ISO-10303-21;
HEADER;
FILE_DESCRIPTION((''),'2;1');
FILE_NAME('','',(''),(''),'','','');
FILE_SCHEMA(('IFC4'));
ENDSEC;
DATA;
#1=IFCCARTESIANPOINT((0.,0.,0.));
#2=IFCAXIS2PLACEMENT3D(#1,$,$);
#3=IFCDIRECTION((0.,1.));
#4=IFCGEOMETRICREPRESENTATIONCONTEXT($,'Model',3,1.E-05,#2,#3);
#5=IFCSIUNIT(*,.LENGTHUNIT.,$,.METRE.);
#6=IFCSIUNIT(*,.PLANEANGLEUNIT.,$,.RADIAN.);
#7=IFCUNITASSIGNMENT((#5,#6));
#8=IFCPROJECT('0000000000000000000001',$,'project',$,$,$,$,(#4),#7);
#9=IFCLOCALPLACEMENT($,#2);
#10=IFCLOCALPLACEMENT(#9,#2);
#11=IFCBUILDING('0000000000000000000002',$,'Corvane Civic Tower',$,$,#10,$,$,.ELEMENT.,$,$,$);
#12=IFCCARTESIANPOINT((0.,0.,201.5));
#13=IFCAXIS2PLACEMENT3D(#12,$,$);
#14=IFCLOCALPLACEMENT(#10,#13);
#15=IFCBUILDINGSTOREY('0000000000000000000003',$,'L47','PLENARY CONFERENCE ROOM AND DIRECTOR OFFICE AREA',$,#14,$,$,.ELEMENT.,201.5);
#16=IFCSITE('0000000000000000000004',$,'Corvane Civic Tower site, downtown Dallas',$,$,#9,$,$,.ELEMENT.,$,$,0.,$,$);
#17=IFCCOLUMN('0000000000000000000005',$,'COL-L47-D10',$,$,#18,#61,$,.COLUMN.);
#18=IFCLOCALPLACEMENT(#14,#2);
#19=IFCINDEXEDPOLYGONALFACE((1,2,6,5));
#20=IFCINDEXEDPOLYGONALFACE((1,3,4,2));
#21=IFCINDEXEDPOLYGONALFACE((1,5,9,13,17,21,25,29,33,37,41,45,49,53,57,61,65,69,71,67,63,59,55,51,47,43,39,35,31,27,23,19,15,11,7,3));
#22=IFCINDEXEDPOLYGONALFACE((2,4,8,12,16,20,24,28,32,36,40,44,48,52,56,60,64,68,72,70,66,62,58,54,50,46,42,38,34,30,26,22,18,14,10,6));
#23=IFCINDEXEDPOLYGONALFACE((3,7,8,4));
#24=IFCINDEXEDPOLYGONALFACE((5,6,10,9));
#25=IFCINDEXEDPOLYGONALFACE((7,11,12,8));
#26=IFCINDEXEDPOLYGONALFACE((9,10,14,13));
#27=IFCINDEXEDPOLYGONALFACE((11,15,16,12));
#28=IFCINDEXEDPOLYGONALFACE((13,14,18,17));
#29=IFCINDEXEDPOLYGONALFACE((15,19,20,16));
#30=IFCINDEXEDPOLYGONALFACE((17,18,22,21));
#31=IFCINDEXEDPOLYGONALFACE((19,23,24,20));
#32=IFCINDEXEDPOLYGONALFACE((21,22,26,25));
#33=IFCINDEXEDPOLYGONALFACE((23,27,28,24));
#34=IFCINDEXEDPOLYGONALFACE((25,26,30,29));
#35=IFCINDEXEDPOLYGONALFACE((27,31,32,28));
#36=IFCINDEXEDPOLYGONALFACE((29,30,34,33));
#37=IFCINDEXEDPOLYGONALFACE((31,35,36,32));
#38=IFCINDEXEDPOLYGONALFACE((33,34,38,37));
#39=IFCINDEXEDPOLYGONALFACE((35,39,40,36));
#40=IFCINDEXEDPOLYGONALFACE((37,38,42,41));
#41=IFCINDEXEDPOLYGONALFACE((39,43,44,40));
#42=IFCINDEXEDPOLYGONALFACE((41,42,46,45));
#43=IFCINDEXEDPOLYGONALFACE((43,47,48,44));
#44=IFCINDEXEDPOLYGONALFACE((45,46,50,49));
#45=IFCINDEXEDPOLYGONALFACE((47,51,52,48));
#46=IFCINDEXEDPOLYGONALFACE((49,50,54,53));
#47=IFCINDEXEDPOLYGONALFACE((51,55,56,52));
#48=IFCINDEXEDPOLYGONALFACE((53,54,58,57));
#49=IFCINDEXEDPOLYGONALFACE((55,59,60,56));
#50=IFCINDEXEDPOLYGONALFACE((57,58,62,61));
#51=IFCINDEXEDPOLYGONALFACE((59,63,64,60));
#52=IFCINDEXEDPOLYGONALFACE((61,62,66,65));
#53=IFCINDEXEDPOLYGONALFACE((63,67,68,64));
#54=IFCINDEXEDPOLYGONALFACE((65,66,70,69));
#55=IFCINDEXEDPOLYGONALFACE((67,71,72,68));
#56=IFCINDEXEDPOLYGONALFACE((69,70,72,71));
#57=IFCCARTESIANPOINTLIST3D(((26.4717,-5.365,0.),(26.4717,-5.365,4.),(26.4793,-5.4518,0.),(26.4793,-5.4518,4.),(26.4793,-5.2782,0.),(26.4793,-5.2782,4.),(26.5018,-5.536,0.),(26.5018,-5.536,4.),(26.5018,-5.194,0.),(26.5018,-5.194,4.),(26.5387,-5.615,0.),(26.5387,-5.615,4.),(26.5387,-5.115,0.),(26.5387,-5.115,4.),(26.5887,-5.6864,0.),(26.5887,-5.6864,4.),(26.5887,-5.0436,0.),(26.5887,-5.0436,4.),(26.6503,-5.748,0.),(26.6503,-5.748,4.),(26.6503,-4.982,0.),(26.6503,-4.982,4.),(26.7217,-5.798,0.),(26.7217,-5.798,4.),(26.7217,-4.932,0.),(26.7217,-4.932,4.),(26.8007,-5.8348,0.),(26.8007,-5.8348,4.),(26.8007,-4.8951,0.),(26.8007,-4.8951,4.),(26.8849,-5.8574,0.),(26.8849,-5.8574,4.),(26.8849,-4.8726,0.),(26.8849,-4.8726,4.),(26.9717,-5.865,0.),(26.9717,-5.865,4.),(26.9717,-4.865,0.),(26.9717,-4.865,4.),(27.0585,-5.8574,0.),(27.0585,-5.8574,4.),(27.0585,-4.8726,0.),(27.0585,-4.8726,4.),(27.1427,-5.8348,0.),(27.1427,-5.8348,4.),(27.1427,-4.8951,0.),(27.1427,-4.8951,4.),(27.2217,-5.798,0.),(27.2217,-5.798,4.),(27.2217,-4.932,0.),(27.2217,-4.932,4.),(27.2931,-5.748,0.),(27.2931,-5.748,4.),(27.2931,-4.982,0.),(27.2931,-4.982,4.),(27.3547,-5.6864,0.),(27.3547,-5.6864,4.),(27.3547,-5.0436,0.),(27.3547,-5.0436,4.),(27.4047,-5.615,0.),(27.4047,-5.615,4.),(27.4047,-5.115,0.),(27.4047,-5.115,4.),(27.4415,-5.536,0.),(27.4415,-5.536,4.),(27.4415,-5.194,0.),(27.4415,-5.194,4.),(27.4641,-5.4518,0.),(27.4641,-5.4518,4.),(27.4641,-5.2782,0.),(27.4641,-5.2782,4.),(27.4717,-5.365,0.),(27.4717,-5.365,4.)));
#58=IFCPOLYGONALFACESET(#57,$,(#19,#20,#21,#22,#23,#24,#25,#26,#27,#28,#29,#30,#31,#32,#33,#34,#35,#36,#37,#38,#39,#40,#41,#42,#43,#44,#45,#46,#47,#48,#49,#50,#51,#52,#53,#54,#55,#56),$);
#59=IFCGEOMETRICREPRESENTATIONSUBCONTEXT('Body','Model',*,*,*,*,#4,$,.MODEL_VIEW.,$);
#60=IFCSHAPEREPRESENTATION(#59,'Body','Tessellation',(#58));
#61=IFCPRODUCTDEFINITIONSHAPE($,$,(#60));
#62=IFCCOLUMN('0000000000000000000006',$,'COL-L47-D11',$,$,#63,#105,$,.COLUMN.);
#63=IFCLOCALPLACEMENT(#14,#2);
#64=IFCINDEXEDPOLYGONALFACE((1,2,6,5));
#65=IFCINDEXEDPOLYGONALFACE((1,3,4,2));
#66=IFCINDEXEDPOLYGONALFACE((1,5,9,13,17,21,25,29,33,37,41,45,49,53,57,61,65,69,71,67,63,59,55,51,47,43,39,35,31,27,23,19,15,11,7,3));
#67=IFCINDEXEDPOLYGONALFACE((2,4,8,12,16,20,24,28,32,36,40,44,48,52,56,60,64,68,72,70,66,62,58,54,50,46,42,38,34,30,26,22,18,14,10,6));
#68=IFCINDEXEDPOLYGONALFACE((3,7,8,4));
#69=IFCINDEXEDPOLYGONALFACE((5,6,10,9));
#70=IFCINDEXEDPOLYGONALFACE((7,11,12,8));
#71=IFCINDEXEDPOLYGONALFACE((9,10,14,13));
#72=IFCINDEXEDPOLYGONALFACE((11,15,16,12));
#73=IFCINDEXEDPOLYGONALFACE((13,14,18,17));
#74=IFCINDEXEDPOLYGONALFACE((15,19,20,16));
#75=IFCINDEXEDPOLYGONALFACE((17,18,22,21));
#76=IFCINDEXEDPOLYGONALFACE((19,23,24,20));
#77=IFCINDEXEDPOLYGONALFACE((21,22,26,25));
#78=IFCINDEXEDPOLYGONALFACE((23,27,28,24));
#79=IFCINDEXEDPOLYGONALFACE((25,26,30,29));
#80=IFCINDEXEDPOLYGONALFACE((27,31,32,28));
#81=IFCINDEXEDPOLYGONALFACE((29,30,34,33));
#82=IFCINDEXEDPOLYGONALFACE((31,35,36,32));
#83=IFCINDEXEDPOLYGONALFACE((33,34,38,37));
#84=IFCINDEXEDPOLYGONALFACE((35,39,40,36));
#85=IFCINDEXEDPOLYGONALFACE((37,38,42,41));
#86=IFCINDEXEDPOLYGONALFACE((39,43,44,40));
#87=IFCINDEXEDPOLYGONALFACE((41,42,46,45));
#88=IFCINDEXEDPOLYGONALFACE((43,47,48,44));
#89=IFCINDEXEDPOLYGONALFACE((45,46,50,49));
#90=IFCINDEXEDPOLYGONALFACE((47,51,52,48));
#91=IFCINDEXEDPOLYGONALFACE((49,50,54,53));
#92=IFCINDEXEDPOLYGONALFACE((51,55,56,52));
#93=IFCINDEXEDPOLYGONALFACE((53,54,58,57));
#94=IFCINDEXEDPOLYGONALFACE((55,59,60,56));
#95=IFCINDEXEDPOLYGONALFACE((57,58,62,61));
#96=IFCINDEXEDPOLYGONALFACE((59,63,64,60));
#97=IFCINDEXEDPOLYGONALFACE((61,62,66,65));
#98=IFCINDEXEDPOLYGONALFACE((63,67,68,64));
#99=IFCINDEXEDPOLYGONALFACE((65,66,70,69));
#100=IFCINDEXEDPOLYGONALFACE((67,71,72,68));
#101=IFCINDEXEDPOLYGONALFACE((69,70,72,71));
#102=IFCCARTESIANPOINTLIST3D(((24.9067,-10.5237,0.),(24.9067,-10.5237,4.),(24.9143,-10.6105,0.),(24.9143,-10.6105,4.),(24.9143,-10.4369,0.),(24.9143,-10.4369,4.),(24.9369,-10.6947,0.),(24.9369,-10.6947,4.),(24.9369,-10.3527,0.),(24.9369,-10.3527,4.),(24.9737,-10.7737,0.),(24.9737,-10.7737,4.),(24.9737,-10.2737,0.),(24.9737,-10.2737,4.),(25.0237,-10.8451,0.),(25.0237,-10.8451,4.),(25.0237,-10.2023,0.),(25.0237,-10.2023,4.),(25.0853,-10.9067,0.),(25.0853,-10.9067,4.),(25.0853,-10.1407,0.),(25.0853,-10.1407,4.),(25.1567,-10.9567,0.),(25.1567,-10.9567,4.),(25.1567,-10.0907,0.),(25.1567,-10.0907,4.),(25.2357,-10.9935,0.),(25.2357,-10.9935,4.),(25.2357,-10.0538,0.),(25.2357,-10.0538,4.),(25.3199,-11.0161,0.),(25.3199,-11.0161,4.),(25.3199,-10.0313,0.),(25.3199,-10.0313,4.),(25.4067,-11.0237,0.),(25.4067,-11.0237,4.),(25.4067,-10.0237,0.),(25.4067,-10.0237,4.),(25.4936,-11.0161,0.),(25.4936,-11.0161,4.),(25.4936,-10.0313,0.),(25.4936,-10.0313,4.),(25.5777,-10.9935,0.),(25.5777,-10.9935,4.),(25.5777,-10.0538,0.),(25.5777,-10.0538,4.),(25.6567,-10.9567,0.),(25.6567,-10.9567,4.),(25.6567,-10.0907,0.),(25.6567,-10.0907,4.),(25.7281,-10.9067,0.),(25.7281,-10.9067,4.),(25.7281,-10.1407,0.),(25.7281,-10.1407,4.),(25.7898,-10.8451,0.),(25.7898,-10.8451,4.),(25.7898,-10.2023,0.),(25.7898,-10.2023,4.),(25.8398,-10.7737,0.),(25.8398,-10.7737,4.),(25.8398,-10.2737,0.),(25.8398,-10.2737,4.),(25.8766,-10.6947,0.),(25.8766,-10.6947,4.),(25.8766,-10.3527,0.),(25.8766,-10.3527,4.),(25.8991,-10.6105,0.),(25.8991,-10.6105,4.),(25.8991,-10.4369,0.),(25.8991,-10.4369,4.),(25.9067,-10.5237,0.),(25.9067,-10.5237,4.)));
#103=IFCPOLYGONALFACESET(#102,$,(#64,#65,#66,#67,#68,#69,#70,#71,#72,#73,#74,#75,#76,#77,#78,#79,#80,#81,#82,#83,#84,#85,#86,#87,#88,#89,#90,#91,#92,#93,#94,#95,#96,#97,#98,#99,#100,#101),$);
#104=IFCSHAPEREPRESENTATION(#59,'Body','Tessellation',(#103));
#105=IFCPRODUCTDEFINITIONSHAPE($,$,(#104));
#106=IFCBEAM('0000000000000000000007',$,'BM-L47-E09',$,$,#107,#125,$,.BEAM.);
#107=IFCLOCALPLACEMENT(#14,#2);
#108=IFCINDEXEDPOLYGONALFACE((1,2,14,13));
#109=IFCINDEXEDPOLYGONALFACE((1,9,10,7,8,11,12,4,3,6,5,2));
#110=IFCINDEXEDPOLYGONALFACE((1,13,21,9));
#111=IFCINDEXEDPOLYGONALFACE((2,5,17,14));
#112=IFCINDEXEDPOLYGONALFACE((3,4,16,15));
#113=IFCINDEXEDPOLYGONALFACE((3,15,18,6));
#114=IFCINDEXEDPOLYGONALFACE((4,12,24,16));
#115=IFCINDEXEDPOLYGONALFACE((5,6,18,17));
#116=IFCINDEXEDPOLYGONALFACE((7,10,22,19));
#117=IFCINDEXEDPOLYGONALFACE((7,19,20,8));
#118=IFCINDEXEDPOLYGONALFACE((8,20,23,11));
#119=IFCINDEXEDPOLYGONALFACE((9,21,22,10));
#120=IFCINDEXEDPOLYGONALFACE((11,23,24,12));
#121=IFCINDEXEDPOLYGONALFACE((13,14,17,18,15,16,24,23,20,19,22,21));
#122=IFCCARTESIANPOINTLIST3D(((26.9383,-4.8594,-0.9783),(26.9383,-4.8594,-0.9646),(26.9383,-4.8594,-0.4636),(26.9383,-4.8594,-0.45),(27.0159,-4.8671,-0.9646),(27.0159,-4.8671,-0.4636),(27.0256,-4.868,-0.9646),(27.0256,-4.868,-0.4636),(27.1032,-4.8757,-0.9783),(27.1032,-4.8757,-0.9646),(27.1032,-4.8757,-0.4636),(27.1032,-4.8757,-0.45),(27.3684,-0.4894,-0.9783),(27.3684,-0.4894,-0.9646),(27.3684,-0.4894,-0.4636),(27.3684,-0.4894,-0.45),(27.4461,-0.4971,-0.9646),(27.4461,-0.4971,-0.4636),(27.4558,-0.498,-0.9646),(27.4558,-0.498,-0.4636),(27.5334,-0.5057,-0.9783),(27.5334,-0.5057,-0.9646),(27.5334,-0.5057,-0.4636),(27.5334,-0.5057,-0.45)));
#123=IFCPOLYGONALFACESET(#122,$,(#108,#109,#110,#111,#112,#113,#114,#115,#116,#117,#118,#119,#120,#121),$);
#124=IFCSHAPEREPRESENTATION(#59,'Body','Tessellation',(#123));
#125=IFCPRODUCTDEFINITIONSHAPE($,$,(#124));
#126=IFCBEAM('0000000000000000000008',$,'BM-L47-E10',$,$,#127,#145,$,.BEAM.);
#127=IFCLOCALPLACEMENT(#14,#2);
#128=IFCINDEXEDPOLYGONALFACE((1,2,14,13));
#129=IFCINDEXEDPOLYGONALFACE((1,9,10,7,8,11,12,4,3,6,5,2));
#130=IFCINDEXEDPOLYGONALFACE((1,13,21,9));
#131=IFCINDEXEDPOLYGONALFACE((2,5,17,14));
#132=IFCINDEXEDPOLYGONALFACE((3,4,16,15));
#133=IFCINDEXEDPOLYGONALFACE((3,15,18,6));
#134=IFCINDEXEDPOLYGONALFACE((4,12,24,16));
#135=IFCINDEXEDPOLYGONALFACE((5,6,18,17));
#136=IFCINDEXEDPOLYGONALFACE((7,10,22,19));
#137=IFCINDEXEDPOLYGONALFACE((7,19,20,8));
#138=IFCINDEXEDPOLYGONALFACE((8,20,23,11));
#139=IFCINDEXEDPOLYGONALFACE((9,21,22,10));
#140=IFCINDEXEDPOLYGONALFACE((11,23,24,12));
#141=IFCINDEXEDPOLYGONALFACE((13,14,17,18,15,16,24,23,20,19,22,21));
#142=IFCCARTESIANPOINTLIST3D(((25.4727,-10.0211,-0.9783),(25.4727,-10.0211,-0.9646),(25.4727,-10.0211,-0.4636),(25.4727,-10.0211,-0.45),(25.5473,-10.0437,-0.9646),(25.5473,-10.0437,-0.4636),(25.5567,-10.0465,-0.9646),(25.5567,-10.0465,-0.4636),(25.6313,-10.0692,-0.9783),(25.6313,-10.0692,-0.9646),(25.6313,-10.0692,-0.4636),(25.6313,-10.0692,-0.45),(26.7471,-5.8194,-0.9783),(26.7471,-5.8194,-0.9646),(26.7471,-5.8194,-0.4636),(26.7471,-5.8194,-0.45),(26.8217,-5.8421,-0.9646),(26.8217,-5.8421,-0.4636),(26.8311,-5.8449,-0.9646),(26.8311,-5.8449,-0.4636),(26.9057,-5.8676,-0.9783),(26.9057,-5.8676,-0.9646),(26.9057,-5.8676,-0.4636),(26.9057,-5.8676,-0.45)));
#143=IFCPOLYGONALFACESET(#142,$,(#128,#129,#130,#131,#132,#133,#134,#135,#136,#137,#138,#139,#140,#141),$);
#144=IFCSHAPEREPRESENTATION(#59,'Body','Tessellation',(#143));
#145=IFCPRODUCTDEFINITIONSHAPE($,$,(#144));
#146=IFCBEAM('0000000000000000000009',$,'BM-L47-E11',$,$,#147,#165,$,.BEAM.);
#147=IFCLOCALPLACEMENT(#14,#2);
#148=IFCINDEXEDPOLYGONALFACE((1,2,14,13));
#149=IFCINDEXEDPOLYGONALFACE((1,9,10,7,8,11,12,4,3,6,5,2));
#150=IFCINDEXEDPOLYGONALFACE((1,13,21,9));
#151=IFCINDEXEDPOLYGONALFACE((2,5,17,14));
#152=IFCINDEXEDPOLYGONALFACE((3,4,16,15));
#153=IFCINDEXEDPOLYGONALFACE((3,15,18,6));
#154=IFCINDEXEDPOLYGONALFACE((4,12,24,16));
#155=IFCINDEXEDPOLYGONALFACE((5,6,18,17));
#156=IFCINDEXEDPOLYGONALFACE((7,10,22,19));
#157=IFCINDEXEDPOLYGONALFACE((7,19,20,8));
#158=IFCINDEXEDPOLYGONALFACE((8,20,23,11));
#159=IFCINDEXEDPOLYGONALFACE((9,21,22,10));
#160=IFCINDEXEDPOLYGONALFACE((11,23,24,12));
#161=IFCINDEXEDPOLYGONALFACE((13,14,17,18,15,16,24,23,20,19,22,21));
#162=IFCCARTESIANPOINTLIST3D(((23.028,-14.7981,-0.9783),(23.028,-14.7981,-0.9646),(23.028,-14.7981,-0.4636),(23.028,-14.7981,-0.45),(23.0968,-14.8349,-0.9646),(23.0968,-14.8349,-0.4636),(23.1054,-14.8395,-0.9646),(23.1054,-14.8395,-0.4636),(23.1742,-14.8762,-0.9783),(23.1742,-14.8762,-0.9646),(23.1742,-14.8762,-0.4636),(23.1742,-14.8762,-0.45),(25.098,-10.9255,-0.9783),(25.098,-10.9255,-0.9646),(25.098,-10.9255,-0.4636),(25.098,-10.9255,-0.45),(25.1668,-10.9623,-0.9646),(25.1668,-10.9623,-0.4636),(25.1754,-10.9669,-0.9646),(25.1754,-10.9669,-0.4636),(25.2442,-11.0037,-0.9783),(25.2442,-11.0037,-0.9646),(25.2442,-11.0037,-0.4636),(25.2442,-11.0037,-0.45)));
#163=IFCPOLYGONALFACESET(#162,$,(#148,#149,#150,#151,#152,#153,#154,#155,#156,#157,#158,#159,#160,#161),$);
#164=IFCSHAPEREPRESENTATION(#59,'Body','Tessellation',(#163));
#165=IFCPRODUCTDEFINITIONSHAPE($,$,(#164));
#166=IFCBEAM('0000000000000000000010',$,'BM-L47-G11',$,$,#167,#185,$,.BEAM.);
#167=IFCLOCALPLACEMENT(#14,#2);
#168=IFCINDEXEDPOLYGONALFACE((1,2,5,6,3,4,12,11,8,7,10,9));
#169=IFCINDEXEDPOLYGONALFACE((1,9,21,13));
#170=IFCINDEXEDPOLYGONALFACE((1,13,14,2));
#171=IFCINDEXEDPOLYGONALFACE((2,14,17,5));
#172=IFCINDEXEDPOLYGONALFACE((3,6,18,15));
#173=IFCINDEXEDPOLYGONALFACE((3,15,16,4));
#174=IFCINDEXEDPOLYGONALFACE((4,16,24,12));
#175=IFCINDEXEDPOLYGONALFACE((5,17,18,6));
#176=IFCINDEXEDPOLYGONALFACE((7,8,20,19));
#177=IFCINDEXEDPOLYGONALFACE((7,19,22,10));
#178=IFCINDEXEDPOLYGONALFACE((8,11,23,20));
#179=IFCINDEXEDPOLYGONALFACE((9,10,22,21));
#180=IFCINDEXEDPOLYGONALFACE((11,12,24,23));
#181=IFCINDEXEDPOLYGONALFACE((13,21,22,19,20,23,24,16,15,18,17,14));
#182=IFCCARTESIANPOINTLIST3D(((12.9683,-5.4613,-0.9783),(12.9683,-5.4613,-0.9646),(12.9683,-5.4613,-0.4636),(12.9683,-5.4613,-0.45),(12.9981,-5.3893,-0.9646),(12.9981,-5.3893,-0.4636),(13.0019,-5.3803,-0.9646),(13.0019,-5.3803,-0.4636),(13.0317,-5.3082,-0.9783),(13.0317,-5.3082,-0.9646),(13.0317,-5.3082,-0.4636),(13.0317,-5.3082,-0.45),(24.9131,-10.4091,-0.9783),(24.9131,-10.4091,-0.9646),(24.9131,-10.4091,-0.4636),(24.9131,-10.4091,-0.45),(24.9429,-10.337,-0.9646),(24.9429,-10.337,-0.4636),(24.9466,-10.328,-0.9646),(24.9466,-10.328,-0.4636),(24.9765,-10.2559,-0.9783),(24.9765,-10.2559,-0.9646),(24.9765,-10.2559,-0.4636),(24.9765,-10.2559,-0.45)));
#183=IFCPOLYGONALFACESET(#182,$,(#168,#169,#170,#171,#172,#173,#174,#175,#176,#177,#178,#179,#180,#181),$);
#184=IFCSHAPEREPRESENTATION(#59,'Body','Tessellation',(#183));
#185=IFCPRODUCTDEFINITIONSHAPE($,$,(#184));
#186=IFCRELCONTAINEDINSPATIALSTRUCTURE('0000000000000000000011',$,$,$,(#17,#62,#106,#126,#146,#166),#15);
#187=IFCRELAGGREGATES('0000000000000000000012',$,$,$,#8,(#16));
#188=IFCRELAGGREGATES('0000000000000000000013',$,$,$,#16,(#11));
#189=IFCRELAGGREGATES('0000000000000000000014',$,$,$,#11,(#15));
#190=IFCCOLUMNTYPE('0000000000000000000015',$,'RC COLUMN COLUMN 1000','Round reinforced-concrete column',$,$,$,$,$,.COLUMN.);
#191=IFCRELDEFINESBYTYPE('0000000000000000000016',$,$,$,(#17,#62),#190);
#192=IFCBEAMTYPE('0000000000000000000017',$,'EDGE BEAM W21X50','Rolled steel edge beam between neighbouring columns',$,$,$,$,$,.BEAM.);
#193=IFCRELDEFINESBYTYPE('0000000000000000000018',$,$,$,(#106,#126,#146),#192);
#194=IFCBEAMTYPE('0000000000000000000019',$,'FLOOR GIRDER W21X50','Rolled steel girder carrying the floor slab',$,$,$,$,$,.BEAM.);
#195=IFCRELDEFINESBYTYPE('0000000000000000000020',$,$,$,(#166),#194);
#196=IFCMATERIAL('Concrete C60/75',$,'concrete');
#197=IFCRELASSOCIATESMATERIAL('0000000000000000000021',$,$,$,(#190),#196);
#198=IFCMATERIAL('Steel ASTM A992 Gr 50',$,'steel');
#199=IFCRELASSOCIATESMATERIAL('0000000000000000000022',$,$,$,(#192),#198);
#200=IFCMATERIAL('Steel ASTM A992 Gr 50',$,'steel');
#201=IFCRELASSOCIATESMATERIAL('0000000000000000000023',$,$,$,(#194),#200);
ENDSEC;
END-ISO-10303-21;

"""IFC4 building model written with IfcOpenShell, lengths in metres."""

from ifc_helpers import new_model, si_unit, direction, frame, origin, origin_2d, place, context, subcontext, project, spatial, circle, i_section, extrude, material, material_profile, profile_set, type_object, element, save


model = new_model("IFC4")

# Units and contexts
model_context = context("Model", 3, precision=1e-05, world=origin(), true_north=direction((0.0, 1.0)))
body_context = subcontext(model_context, "Body", "Model", "MODEL_VIEW")
ifc_project = project(units=[si_unit("LENGTHUNIT", "METRE"), si_unit("PLANEANGLEUNIT", "RADIAN")], contexts=[model_context])

# Site, building, storey
site_placement = place(None, origin())
site = spatial("IfcSite", under=ifc_project, at=site_placement, Name="Corvane Civic Tower site, downtown Dallas", CompositionType="ELEMENT", RefElevation=0.0)
building_placement = place(site_placement, origin())
building = spatial("IfcBuilding", under=site, at=building_placement, Name="Corvane Civic Tower", CompositionType="ELEMENT")
storey_placement = place(building_placement, frame((0.0, 0.0, 201.5)))
storey = spatial("IfcBuildingStorey", under=building, at=storey_placement, Name="L47", Description="PLENARY CONFERENCE ROOM AND DIRECTOR OFFICE AREA", CompositionType="ELEMENT", Elevation=201.5)

# Columns
ifc_material_1 = material(Name="Concrete C60/75", Category="concrete")
ifc_material_profile_1 = material_profile(ifc_material_1, circle(Radius=0.5, at=origin_2d()), Name="COLUMN 1000")
ifc_profile_set_1 = profile_set([ifc_material_profile_1], Name="Concrete C60/75")
column_type = type_object("IfcColumnType", Name="RC COLUMN COLUMN 1000", Description="Round reinforced-concrete column", PredefinedType="COLUMN", material=ifc_profile_set_1)
for number, where, z_axis, x_axis, name in (
    (1, (26.9717, -5.365, 0.0), (0.0, 0.0, 1.0), (1.0, 0.0, 0.0), "COL-L47-D10"),
    (2, (25.4067, -10.5237, 0.0), (0.0, 0.0, 1.0), (1.0, 0.0, 0.0), "COL-L47-D11"),
):
    element("IfcColumn", number, at=place(storey_placement, frame(where, z_axis=z_axis, x_axis=x_axis)), inside=storey, type_object=column_type, Name=name, PredefinedType="COLUMN", context=body_context, shape_type="SweptSolid", body=[
        extrude(circle(Radius=0.5, at=origin_2d()), origin(), (0.0, 0.0, 1.0), 4.0),
    ])

# Beams
ifc_material_2 = material(Name="Steel ASTM A992 Gr 50", Category="steel")
ifc_material_profile_2 = material_profile(ifc_material_2, i_section(OverallWidth=0.1658, OverallDepth=0.5283, WebThickness=0.0098, FlangeThickness=0.0137, at=origin_2d()), Name="W21X50")
ifc_profile_set_2 = profile_set([ifc_material_profile_2], Name="Steel ASTM A992 Gr 50")
beam_type_1 = type_object("IfcBeamType", Name="EDGE BEAM W21X50", Description="Rolled steel edge beam between neighbouring columns", PredefinedType="BEAM", material=ifc_profile_set_2)
beam_1_placement = place(storey_placement, frame((27.4509, -0.4976, -0.7141), z_axis=(-0.097968, -0.99519, 0.0), x_axis=(0.99519, -0.097968, 0.0)))
element("IfcBeam", 3, at=beam_1_placement, inside=storey, type_object=beam_type_1, Name="BM-L47-E09", PredefinedType="BEAM", context=body_context, shape_type="SweptSolid", body=[
    extrude(i_section(OverallWidth=0.1658, OverallDepth=0.5283, WebThickness=0.0098, FlangeThickness=0.0137, at=origin_2d()), origin(), (0.0, 0.0, 1.0), 4.3911),
])
beam_2_placement = place(storey_placement, frame((26.8264, -5.8435, -0.7141), z_axis=(-0.290254, -0.95695, 0.0), x_axis=(0.95695, -0.290254, 0.0)))
element("IfcBeam", 4, at=beam_2_placement, inside=storey, type_object=beam_type_1, Name="BM-L47-E10", PredefinedType="BEAM", context=body_context, shape_type="SweptSolid", body=[
    extrude(i_section(OverallWidth=0.1658, OverallDepth=0.5283, WebThickness=0.0098, FlangeThickness=0.0137, at=origin_2d()), origin(), (0.0, 0.0, 1.0), 4.3906),
])
beam_3_placement = place(storey_placement, frame((25.1711, -10.9646, -0.7141), z_axis=(-0.471422, -0.881908, 0.0), x_axis=(0.881908, -0.471422, 0.0)))
element("IfcBeam", 5, at=beam_3_placement, inside=storey, type_object=beam_type_1, Name="BM-L47-E11", PredefinedType="BEAM", context=body_context, shape_type="SweptSolid", body=[
    extrude(i_section(OverallWidth=0.1658, OverallDepth=0.5283, WebThickness=0.0098, FlangeThickness=0.0137, at=origin_2d()), origin(), (0.0, 0.0, 1.0), 4.3911),
])
ifc_material_3 = material(Name="Steel ASTM A992 Gr 50", Category="steel")
ifc_material_profile_3 = material_profile(ifc_material_3, i_section(OverallWidth=0.1658, OverallDepth=0.5283, WebThickness=0.0098, FlangeThickness=0.0137, at=origin_2d()), Name="W21X50")
ifc_profile_set_3 = profile_set([ifc_material_profile_3], Name="Steel ASTM A992 Gr 50")
beam_type_2 = type_object("IfcBeamType", Name="FLOOR GIRDER W21X50", Description="Rolled steel girder carrying the floor slab", PredefinedType="BEAM", material=ifc_profile_set_3)
beam_4_placement = place(storey_placement, frame((13.0, -5.3848, -0.7141), z_axis=(0.923878, -0.382686, 0.0), x_axis=(0.382686, 0.923878, 0.0)))
element("IfcBeam", 6, at=beam_4_placement, inside=storey, type_object=beam_type_2, Name="BM-L47-G11", PredefinedType="BEAM", context=body_context, shape_type="SweptSolid", body=[
    extrude(i_section(OverallWidth=0.1658, OverallDepth=0.5283, WebThickness=0.0098, FlangeThickness=0.0137, at=origin_2d()), origin(), (0.0, 0.0, 1.0), 12.929),
])

save(model, "model.ifc")
